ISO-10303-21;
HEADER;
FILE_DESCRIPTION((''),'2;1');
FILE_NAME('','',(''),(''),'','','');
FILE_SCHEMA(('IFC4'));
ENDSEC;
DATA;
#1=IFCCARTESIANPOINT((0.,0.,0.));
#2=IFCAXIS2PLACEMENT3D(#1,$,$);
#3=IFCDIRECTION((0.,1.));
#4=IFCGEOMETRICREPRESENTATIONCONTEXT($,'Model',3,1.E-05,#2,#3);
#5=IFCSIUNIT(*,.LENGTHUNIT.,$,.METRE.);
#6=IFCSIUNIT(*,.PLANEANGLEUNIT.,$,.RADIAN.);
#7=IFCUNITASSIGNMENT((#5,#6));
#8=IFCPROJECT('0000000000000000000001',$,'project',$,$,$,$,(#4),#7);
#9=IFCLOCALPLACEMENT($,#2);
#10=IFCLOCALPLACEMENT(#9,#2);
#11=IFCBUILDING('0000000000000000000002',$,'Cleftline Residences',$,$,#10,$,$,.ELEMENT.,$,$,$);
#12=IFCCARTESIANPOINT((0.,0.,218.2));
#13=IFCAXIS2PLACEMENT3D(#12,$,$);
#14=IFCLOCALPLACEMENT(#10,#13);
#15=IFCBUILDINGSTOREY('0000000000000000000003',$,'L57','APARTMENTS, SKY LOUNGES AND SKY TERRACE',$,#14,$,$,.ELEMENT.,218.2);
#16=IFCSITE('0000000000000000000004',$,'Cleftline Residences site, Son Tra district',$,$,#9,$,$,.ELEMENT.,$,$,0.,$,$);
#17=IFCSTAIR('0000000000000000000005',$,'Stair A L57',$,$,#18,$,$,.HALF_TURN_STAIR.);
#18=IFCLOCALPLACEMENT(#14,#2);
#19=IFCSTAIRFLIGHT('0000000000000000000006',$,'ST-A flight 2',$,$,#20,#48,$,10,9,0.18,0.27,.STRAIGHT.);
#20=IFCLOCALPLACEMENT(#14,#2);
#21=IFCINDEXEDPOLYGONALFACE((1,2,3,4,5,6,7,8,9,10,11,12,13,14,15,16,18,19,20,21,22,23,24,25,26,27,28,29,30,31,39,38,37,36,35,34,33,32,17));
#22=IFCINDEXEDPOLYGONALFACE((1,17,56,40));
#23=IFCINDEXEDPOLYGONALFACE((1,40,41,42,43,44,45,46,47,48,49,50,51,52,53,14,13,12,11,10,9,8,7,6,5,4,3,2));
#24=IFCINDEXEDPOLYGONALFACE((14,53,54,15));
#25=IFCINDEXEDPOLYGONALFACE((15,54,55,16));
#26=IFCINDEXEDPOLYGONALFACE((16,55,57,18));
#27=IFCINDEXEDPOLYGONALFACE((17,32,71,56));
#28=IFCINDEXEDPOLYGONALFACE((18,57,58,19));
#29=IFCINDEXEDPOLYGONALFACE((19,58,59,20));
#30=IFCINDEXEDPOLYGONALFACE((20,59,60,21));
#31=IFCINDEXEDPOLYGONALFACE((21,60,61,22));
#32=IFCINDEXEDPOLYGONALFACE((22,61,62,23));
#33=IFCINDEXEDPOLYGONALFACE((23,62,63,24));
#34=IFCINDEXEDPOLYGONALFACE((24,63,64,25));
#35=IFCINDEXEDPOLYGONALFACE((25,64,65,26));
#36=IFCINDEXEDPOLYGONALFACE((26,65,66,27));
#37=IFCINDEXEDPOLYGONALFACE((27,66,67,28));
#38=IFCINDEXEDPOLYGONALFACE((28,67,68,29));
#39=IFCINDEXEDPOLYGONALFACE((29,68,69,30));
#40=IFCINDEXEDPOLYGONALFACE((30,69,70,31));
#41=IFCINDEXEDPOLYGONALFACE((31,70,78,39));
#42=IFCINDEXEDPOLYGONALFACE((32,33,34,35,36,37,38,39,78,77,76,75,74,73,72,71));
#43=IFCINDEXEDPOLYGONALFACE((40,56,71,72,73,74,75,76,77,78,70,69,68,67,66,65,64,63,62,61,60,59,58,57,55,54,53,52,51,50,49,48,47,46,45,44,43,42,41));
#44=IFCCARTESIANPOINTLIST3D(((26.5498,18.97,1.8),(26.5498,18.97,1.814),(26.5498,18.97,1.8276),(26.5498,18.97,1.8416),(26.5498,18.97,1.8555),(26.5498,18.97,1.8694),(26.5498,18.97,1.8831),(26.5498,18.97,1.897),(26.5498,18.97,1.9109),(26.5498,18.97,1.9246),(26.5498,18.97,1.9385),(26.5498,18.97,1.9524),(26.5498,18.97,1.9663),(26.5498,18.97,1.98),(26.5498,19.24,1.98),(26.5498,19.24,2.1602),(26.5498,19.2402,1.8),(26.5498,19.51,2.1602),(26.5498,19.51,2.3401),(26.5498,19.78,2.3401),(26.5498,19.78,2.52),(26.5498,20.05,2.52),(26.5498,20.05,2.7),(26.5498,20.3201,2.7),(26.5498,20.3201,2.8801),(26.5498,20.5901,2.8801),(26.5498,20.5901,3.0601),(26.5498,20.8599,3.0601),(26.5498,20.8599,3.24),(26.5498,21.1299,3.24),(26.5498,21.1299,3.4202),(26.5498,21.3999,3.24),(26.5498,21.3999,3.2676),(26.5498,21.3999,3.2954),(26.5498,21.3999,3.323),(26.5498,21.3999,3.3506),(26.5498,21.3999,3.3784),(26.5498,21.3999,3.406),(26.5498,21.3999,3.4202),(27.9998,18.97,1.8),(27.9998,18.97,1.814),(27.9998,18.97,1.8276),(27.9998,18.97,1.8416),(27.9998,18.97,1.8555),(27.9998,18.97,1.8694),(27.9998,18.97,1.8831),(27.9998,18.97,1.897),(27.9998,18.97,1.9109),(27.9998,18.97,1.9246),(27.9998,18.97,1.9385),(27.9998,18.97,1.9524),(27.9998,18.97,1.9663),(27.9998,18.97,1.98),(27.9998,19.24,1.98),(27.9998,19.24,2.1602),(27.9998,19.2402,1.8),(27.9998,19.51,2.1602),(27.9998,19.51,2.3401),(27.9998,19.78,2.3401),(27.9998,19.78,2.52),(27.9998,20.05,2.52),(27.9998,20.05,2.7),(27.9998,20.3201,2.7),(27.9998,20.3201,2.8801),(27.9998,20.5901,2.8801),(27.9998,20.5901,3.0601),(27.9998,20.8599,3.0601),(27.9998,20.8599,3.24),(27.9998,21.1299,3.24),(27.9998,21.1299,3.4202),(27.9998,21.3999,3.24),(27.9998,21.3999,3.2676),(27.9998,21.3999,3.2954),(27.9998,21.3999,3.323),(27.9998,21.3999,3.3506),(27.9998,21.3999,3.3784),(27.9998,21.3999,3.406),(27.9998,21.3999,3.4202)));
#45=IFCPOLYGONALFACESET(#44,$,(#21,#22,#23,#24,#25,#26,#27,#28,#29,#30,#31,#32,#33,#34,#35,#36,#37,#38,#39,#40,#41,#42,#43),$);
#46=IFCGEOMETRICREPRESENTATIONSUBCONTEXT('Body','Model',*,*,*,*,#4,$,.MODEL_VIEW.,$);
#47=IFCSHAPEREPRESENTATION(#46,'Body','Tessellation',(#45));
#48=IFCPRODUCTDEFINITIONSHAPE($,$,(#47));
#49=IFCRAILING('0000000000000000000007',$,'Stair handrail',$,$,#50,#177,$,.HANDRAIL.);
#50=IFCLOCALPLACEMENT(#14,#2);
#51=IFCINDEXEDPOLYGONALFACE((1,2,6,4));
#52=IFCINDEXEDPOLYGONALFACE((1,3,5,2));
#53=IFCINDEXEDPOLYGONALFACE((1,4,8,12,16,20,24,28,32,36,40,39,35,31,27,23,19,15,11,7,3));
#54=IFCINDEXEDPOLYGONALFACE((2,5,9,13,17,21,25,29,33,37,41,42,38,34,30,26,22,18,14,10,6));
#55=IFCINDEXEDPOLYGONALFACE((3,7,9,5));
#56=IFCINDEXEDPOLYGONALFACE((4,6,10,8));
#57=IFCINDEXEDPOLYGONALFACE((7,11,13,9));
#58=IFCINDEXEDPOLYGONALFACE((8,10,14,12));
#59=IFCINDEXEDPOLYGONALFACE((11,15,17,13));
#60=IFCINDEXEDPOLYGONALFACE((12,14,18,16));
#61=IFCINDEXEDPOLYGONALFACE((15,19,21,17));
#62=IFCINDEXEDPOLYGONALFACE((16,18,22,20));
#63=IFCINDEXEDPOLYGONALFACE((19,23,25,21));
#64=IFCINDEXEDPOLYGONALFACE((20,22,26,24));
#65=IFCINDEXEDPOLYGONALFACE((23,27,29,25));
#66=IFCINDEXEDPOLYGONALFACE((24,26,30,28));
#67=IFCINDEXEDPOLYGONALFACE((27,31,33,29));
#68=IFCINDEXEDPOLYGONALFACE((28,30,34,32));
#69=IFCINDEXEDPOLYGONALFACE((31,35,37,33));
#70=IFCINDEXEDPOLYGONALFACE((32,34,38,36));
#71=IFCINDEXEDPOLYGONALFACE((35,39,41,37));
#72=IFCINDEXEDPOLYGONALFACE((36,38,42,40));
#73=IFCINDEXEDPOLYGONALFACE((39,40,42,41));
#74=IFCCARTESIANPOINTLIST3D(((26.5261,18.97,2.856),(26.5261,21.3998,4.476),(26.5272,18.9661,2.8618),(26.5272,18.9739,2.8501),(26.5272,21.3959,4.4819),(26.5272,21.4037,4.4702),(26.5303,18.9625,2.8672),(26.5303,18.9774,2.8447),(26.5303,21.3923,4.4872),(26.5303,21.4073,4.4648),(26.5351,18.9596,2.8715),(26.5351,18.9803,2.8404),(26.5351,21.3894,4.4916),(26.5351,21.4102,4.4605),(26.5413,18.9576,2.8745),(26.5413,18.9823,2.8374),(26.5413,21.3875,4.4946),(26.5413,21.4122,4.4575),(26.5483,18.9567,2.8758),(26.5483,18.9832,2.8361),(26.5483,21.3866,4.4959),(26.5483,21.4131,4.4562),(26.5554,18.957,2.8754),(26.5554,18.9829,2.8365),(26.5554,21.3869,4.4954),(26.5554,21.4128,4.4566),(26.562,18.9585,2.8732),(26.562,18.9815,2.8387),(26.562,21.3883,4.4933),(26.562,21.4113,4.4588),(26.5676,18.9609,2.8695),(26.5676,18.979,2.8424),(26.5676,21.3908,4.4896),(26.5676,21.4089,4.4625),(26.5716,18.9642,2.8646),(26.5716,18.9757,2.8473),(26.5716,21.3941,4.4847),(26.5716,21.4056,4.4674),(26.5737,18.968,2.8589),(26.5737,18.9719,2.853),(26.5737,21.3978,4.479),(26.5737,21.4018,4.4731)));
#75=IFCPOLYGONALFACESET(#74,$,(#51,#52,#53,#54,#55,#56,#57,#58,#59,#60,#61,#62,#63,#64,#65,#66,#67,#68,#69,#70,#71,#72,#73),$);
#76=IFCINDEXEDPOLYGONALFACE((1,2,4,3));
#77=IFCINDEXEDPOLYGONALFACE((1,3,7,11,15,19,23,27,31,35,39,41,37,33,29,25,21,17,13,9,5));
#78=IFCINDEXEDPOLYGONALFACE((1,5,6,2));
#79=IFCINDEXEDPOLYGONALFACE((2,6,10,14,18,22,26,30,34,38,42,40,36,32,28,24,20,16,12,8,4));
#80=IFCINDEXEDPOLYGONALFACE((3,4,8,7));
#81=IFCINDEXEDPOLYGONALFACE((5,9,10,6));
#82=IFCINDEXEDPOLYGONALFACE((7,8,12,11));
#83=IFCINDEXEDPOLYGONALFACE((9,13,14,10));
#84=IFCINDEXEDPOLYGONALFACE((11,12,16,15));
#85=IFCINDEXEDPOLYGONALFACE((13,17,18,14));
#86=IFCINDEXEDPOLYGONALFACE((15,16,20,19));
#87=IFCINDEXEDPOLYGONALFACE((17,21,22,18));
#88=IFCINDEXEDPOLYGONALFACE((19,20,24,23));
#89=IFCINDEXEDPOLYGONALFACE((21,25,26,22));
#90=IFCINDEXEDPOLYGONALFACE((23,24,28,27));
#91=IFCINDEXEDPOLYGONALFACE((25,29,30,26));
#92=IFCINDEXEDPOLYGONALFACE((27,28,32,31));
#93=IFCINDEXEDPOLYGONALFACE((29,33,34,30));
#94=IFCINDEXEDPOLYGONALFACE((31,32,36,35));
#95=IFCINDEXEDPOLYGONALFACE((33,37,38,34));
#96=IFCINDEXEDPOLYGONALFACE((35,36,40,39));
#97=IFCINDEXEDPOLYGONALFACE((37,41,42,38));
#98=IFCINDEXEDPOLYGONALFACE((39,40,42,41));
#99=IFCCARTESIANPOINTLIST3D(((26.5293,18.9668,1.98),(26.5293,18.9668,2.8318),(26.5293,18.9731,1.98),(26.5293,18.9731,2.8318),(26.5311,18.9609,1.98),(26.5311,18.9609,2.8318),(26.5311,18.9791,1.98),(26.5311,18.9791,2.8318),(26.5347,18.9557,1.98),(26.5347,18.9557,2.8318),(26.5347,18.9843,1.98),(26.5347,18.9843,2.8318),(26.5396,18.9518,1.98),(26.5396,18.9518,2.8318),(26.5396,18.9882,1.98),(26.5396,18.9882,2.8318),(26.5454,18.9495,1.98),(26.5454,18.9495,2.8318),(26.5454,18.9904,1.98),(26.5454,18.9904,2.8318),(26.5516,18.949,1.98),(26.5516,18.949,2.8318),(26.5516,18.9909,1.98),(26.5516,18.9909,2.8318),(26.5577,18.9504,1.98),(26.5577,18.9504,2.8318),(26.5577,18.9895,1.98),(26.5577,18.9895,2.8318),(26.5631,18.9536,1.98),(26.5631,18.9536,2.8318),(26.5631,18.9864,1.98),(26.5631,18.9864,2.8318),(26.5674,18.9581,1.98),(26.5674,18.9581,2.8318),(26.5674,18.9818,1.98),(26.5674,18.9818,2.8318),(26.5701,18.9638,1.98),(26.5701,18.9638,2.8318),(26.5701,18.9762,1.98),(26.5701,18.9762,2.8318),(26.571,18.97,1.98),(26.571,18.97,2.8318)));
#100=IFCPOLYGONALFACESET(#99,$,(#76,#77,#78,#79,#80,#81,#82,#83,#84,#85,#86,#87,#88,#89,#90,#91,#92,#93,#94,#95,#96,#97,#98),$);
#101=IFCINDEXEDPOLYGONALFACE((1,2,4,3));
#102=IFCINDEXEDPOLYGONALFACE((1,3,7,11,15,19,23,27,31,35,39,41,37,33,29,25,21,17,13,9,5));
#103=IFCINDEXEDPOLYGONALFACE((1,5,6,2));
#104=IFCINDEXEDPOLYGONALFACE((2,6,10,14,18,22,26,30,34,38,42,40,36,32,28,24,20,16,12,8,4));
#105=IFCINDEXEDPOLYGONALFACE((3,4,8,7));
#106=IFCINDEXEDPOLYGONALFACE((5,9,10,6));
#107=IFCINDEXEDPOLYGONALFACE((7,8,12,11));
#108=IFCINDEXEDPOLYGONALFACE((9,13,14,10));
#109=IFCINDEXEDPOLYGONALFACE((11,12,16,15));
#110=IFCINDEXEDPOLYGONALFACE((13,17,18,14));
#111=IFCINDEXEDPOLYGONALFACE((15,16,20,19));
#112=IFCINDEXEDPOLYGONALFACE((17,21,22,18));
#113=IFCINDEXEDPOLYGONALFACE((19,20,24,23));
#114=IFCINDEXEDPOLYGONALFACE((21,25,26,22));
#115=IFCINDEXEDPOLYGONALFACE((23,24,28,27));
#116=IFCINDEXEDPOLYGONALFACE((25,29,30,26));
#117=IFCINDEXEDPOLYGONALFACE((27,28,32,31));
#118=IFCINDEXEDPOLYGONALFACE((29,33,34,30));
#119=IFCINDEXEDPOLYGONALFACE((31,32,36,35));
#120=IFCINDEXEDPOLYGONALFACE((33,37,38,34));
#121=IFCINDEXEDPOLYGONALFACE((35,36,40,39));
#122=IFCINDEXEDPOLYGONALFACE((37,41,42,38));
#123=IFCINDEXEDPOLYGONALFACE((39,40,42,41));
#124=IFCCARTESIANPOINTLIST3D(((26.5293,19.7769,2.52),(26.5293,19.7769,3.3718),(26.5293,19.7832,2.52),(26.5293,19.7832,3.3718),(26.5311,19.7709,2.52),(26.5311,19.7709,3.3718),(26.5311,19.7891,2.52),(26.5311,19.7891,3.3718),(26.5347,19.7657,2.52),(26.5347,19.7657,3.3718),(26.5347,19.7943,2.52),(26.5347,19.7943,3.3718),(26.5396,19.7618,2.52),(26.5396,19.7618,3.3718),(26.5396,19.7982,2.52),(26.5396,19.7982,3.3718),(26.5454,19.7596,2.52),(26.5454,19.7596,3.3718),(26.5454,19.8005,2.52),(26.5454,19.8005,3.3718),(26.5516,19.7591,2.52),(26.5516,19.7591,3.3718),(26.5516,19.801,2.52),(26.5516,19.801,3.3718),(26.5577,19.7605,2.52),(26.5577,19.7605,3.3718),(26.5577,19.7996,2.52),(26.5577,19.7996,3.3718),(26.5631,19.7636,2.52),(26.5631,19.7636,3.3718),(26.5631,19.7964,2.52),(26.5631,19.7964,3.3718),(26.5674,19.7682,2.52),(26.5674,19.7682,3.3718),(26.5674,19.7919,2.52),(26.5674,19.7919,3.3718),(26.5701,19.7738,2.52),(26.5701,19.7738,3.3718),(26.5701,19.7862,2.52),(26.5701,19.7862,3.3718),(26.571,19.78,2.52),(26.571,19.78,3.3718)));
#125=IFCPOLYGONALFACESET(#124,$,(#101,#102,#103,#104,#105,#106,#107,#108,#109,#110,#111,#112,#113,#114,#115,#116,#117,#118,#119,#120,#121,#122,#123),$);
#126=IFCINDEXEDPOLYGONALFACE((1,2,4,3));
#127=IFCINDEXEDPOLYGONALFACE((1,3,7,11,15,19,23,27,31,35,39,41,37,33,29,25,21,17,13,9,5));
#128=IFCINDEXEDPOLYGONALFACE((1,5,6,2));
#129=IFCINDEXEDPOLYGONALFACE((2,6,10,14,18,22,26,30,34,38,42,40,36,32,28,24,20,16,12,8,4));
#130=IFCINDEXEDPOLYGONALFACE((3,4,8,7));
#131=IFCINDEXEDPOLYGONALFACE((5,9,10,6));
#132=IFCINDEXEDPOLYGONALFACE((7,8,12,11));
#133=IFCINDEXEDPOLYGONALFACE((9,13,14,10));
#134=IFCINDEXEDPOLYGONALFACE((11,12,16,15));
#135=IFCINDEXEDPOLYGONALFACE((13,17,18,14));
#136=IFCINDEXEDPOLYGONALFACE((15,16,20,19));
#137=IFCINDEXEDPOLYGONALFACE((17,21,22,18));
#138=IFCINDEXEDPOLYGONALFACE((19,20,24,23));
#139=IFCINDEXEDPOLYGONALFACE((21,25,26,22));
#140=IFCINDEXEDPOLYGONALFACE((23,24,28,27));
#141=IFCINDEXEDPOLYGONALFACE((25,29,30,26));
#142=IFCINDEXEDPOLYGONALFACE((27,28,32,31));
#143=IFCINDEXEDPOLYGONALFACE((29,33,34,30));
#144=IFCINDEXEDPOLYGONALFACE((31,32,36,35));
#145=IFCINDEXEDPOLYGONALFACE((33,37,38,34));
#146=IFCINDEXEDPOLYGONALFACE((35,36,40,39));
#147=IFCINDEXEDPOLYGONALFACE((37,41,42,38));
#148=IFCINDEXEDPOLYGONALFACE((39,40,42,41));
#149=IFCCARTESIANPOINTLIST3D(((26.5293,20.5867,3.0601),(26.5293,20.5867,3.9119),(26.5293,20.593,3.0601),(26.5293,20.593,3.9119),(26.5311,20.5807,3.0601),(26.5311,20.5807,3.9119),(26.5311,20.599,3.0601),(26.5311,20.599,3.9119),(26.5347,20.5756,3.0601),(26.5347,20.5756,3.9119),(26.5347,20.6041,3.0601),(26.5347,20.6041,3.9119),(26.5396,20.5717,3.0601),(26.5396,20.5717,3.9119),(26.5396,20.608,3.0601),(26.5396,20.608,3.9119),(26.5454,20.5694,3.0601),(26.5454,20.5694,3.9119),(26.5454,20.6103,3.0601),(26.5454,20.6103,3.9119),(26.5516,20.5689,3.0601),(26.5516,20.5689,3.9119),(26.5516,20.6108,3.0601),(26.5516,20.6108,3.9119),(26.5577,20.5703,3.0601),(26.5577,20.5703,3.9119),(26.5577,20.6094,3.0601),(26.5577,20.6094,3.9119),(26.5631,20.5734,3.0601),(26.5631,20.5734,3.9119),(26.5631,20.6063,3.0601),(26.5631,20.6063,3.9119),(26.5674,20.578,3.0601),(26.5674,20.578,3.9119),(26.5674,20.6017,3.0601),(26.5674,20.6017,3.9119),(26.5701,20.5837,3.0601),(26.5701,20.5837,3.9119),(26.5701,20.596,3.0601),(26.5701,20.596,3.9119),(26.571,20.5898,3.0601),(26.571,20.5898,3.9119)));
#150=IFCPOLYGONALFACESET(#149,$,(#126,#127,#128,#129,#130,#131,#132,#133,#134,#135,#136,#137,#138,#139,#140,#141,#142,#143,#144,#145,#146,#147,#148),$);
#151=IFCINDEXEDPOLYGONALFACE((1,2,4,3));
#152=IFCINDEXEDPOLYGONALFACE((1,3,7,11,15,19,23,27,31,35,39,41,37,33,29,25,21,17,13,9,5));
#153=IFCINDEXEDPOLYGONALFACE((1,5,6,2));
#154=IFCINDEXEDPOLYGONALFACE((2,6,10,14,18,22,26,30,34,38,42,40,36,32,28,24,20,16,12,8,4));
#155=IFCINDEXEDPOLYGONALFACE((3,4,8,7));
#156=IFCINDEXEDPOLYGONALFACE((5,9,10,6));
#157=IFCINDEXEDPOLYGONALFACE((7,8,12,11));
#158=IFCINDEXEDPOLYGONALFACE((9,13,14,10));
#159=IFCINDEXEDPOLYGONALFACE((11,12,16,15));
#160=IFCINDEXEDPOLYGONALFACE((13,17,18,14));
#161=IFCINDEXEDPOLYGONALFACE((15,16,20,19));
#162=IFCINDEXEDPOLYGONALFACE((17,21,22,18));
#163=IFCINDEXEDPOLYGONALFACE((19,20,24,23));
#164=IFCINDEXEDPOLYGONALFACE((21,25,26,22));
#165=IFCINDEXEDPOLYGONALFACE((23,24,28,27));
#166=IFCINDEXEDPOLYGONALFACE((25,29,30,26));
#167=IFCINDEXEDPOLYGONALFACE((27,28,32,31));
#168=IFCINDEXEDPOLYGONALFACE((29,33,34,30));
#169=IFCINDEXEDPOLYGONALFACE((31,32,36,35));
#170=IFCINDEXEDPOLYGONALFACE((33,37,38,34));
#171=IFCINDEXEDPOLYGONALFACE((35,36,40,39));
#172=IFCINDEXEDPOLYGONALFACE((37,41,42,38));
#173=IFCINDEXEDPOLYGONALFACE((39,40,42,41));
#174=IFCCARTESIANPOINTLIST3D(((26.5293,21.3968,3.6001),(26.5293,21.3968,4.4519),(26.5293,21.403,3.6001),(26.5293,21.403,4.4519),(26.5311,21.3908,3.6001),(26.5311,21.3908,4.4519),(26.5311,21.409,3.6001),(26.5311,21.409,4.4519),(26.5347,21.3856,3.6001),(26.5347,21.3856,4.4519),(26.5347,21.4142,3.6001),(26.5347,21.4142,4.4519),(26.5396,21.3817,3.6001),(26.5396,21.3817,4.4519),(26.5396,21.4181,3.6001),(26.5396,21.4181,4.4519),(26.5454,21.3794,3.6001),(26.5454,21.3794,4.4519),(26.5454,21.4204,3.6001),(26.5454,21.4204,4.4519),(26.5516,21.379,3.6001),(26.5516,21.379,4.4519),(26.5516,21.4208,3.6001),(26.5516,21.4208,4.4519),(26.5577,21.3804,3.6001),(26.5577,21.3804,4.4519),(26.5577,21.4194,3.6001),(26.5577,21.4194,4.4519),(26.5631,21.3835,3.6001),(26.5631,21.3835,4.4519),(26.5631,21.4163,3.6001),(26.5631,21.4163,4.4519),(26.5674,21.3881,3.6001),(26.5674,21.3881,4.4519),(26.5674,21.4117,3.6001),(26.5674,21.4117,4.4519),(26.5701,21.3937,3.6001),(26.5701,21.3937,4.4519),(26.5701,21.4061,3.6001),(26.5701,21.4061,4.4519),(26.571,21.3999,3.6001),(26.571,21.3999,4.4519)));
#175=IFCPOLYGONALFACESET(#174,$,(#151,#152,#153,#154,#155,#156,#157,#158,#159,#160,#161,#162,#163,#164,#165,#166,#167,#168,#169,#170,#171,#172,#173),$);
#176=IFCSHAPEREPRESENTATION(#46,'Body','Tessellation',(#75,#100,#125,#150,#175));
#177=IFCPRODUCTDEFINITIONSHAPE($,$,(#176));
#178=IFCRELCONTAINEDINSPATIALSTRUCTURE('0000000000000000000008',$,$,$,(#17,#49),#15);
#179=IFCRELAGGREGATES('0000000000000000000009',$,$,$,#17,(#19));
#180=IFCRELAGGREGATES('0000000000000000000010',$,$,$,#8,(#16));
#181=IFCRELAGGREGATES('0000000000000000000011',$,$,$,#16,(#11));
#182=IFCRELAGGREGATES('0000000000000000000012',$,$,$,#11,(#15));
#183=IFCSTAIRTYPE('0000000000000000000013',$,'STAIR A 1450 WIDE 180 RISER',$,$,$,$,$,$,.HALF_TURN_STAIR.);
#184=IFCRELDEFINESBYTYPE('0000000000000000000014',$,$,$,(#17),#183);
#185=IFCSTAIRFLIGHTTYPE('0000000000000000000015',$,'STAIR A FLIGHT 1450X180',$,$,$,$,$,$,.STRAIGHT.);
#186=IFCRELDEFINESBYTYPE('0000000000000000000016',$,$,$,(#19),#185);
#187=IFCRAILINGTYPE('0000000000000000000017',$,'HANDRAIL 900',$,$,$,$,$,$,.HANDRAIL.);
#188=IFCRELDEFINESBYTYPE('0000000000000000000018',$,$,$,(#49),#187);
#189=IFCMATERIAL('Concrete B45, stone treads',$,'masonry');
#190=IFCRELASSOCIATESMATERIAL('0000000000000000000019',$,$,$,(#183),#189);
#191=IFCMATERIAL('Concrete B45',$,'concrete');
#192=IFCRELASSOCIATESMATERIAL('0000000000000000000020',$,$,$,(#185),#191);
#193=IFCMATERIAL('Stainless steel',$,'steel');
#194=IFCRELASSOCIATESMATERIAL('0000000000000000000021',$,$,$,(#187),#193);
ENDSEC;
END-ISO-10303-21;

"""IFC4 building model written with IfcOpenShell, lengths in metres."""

from ifc_helpers import new_model, si_unit, direction, frame, origin, origin_2d, place, context, subcontext, project, spatial, polyline, circle, outline, extrude, material, type_object, element, aggregate, save


model = new_model("IFC4")

# Units and contexts
model_context = context("Model", 3, precision=1e-05, world=origin(), true_north=direction((0.0, 1.0)))
body_context = subcontext(model_context, "Body", "Model", "MODEL_VIEW")
ifc_project = project(units=[si_unit("LENGTHUNIT", "METRE"), si_unit("PLANEANGLEUNIT", "RADIAN")], contexts=[model_context])

# Site, building, storey
site_placement = place(None, origin())
site = spatial("IfcSite", under=ifc_project, at=site_placement, Name="Cleftline Residences site, Son Tra district", CompositionType="ELEMENT", RefElevation=0.0)
building_placement = place(site_placement, origin())
building = spatial("IfcBuilding", under=site, at=building_placement, Name="Cleftline Residences", CompositionType="ELEMENT")
storey_placement = place(building_placement, frame((0.0, 0.0, 218.2)))
storey = spatial("IfcBuildingStorey", under=building, at=storey_placement, Name="L57", Description="APARTMENTS, SKY LOUNGES AND SKY TERRACE", CompositionType="ELEMENT", Elevation=218.2)

# Stair, stair flight
ifc_material_1 = material(Name="Concrete B45, stone treads", Category="masonry")
stair_type = type_object("IfcStairType", Name="STAIR A 1450 WIDE 180 RISER", PredefinedType="HALF_TURN_STAIR", material=ifc_material_1)
stair_placement = place(storey_placement, origin())
stair = element("IfcStair", 1, at=stair_placement, inside=storey, type_object=stair_type, Name="Stair A L57", PredefinedType="HALF_TURN_STAIR")
ifc_material_2 = material(Name="Concrete B45", Category="concrete")
stair_flight_type = type_object("IfcStairFlightType", Name="STAIR A FLIGHT 1450X180", PredefinedType="STRAIGHT", material=ifc_material_2)
stair_flight_placement = place(storey_placement, frame((27.2749, 18.97, 1.8), z_axis=(0.0, 0.0, 1.0), x_axis=(0.0, 1.0, 0.0)))
stair_flight = element("IfcStairFlight", 2, at=stair_flight_placement, type_object=stair_flight_type, Name="ST-A flight 2", NumberOfRisers=10, NumberOfTreads=9, PredefinedType="STRAIGHT", RiserHeight=0.18, TreadLength=0.27, context=body_context, shape_type="SweptSolid", body=[
    extrude(outline(polyline([(0.0, 0.0), (0.0, 0.0139), (0.0, 0.0276), (0.0, 0.0415), (0.0, 0.0554), (0.0, 0.0693), (0.0, 0.083), (0.0, 0.0969), (0.0, 0.1108), (0.0, 0.1245), (0.0, 0.1384), (0.0, 0.1523), (0.0, 0.1663), (0.0, 0.1799), (0.27, 0.1799), (0.27, 0.3601), (0.54, 0.3601), (0.54, 0.54), (0.8101, 0.54), (0.8101, 0.72), (1.0801, 0.72), (1.0801, 0.8999), (1.3501, 0.8999), (1.3501, 1.0801), (1.6201, 1.0801), (1.6201, 1.26), (1.8899, 1.26), (1.8899, 1.4399), (2.1599, 1.4399), (2.1599, 1.6201), (2.4299, 1.6201), (2.4299, 1.8), (2.4299, 1.7722), (2.4299, 1.7446), (2.4299, 1.7168), (2.4299, 1.6892), (2.4299, 1.6614), (2.4299, 1.6338), (2.4299, 1.606), (2.4299, 1.5784), (2.4299, 1.5505), (2.4299, 1.5229), (2.4299, 1.4954), (2.4299, 1.4675), (2.4299, 1.4399), (0.2703, 0.0), (0.0, 0.0)])), frame((0.0, 0.7251, 0.0), z_axis=(0.0, -1.0, 0.0), x_axis=(1.0, 0.0, 0.0)), (0.0, 0.0, 1.0), 1.45),
])
aggregate(stair, [stair_flight])

# Railing
ifc_material_3 = material(Name="Stainless steel", Category="steel")
railing_type = type_object("IfcRailingType", Name="HANDRAIL 900", PredefinedType="HANDRAIL", material=ifc_material_3)
railing_placement = place(storey_placement, frame((26.55, 18.97, 1.98)))
element("IfcRailing", 3, at=railing_placement, inside=storey, type_object=railing_type, Name="Stair handrail", PredefinedType="HANDRAIL", context=body_context, shape_type="SweptSolid", body=[
    extrude(circle(Radius=0.0239, at=origin_2d()), frame((0.0, 0.0, 0.876), z_axis=(0.0, 0.832025, 0.554739), x_axis=(-1.0, 0.0, 0.0)), (0.0, 0.0, 1.0), 2.9204),
    extrude(circle(Radius=0.021, at=origin_2d()), origin(), (0.0, 0.0, 1.0), 0.8518),
    extrude(circle(Radius=0.021, at=origin_2d()), frame((0.0, 0.8101, 0.54)), (0.0, 0.0, 1.0), 0.8518),
    extrude(circle(Radius=0.021, at=origin_2d()), frame((0.0, 1.6199, 1.0801)), (0.0, 0.0, 1.0), 0.8518),
    extrude(circle(Radius=0.021, at=origin_2d()), frame((0.0, 2.4299, 1.6201)), (0.0, 0.0, 1.0), 0.8518),
])

save(model, "model.ifc")
